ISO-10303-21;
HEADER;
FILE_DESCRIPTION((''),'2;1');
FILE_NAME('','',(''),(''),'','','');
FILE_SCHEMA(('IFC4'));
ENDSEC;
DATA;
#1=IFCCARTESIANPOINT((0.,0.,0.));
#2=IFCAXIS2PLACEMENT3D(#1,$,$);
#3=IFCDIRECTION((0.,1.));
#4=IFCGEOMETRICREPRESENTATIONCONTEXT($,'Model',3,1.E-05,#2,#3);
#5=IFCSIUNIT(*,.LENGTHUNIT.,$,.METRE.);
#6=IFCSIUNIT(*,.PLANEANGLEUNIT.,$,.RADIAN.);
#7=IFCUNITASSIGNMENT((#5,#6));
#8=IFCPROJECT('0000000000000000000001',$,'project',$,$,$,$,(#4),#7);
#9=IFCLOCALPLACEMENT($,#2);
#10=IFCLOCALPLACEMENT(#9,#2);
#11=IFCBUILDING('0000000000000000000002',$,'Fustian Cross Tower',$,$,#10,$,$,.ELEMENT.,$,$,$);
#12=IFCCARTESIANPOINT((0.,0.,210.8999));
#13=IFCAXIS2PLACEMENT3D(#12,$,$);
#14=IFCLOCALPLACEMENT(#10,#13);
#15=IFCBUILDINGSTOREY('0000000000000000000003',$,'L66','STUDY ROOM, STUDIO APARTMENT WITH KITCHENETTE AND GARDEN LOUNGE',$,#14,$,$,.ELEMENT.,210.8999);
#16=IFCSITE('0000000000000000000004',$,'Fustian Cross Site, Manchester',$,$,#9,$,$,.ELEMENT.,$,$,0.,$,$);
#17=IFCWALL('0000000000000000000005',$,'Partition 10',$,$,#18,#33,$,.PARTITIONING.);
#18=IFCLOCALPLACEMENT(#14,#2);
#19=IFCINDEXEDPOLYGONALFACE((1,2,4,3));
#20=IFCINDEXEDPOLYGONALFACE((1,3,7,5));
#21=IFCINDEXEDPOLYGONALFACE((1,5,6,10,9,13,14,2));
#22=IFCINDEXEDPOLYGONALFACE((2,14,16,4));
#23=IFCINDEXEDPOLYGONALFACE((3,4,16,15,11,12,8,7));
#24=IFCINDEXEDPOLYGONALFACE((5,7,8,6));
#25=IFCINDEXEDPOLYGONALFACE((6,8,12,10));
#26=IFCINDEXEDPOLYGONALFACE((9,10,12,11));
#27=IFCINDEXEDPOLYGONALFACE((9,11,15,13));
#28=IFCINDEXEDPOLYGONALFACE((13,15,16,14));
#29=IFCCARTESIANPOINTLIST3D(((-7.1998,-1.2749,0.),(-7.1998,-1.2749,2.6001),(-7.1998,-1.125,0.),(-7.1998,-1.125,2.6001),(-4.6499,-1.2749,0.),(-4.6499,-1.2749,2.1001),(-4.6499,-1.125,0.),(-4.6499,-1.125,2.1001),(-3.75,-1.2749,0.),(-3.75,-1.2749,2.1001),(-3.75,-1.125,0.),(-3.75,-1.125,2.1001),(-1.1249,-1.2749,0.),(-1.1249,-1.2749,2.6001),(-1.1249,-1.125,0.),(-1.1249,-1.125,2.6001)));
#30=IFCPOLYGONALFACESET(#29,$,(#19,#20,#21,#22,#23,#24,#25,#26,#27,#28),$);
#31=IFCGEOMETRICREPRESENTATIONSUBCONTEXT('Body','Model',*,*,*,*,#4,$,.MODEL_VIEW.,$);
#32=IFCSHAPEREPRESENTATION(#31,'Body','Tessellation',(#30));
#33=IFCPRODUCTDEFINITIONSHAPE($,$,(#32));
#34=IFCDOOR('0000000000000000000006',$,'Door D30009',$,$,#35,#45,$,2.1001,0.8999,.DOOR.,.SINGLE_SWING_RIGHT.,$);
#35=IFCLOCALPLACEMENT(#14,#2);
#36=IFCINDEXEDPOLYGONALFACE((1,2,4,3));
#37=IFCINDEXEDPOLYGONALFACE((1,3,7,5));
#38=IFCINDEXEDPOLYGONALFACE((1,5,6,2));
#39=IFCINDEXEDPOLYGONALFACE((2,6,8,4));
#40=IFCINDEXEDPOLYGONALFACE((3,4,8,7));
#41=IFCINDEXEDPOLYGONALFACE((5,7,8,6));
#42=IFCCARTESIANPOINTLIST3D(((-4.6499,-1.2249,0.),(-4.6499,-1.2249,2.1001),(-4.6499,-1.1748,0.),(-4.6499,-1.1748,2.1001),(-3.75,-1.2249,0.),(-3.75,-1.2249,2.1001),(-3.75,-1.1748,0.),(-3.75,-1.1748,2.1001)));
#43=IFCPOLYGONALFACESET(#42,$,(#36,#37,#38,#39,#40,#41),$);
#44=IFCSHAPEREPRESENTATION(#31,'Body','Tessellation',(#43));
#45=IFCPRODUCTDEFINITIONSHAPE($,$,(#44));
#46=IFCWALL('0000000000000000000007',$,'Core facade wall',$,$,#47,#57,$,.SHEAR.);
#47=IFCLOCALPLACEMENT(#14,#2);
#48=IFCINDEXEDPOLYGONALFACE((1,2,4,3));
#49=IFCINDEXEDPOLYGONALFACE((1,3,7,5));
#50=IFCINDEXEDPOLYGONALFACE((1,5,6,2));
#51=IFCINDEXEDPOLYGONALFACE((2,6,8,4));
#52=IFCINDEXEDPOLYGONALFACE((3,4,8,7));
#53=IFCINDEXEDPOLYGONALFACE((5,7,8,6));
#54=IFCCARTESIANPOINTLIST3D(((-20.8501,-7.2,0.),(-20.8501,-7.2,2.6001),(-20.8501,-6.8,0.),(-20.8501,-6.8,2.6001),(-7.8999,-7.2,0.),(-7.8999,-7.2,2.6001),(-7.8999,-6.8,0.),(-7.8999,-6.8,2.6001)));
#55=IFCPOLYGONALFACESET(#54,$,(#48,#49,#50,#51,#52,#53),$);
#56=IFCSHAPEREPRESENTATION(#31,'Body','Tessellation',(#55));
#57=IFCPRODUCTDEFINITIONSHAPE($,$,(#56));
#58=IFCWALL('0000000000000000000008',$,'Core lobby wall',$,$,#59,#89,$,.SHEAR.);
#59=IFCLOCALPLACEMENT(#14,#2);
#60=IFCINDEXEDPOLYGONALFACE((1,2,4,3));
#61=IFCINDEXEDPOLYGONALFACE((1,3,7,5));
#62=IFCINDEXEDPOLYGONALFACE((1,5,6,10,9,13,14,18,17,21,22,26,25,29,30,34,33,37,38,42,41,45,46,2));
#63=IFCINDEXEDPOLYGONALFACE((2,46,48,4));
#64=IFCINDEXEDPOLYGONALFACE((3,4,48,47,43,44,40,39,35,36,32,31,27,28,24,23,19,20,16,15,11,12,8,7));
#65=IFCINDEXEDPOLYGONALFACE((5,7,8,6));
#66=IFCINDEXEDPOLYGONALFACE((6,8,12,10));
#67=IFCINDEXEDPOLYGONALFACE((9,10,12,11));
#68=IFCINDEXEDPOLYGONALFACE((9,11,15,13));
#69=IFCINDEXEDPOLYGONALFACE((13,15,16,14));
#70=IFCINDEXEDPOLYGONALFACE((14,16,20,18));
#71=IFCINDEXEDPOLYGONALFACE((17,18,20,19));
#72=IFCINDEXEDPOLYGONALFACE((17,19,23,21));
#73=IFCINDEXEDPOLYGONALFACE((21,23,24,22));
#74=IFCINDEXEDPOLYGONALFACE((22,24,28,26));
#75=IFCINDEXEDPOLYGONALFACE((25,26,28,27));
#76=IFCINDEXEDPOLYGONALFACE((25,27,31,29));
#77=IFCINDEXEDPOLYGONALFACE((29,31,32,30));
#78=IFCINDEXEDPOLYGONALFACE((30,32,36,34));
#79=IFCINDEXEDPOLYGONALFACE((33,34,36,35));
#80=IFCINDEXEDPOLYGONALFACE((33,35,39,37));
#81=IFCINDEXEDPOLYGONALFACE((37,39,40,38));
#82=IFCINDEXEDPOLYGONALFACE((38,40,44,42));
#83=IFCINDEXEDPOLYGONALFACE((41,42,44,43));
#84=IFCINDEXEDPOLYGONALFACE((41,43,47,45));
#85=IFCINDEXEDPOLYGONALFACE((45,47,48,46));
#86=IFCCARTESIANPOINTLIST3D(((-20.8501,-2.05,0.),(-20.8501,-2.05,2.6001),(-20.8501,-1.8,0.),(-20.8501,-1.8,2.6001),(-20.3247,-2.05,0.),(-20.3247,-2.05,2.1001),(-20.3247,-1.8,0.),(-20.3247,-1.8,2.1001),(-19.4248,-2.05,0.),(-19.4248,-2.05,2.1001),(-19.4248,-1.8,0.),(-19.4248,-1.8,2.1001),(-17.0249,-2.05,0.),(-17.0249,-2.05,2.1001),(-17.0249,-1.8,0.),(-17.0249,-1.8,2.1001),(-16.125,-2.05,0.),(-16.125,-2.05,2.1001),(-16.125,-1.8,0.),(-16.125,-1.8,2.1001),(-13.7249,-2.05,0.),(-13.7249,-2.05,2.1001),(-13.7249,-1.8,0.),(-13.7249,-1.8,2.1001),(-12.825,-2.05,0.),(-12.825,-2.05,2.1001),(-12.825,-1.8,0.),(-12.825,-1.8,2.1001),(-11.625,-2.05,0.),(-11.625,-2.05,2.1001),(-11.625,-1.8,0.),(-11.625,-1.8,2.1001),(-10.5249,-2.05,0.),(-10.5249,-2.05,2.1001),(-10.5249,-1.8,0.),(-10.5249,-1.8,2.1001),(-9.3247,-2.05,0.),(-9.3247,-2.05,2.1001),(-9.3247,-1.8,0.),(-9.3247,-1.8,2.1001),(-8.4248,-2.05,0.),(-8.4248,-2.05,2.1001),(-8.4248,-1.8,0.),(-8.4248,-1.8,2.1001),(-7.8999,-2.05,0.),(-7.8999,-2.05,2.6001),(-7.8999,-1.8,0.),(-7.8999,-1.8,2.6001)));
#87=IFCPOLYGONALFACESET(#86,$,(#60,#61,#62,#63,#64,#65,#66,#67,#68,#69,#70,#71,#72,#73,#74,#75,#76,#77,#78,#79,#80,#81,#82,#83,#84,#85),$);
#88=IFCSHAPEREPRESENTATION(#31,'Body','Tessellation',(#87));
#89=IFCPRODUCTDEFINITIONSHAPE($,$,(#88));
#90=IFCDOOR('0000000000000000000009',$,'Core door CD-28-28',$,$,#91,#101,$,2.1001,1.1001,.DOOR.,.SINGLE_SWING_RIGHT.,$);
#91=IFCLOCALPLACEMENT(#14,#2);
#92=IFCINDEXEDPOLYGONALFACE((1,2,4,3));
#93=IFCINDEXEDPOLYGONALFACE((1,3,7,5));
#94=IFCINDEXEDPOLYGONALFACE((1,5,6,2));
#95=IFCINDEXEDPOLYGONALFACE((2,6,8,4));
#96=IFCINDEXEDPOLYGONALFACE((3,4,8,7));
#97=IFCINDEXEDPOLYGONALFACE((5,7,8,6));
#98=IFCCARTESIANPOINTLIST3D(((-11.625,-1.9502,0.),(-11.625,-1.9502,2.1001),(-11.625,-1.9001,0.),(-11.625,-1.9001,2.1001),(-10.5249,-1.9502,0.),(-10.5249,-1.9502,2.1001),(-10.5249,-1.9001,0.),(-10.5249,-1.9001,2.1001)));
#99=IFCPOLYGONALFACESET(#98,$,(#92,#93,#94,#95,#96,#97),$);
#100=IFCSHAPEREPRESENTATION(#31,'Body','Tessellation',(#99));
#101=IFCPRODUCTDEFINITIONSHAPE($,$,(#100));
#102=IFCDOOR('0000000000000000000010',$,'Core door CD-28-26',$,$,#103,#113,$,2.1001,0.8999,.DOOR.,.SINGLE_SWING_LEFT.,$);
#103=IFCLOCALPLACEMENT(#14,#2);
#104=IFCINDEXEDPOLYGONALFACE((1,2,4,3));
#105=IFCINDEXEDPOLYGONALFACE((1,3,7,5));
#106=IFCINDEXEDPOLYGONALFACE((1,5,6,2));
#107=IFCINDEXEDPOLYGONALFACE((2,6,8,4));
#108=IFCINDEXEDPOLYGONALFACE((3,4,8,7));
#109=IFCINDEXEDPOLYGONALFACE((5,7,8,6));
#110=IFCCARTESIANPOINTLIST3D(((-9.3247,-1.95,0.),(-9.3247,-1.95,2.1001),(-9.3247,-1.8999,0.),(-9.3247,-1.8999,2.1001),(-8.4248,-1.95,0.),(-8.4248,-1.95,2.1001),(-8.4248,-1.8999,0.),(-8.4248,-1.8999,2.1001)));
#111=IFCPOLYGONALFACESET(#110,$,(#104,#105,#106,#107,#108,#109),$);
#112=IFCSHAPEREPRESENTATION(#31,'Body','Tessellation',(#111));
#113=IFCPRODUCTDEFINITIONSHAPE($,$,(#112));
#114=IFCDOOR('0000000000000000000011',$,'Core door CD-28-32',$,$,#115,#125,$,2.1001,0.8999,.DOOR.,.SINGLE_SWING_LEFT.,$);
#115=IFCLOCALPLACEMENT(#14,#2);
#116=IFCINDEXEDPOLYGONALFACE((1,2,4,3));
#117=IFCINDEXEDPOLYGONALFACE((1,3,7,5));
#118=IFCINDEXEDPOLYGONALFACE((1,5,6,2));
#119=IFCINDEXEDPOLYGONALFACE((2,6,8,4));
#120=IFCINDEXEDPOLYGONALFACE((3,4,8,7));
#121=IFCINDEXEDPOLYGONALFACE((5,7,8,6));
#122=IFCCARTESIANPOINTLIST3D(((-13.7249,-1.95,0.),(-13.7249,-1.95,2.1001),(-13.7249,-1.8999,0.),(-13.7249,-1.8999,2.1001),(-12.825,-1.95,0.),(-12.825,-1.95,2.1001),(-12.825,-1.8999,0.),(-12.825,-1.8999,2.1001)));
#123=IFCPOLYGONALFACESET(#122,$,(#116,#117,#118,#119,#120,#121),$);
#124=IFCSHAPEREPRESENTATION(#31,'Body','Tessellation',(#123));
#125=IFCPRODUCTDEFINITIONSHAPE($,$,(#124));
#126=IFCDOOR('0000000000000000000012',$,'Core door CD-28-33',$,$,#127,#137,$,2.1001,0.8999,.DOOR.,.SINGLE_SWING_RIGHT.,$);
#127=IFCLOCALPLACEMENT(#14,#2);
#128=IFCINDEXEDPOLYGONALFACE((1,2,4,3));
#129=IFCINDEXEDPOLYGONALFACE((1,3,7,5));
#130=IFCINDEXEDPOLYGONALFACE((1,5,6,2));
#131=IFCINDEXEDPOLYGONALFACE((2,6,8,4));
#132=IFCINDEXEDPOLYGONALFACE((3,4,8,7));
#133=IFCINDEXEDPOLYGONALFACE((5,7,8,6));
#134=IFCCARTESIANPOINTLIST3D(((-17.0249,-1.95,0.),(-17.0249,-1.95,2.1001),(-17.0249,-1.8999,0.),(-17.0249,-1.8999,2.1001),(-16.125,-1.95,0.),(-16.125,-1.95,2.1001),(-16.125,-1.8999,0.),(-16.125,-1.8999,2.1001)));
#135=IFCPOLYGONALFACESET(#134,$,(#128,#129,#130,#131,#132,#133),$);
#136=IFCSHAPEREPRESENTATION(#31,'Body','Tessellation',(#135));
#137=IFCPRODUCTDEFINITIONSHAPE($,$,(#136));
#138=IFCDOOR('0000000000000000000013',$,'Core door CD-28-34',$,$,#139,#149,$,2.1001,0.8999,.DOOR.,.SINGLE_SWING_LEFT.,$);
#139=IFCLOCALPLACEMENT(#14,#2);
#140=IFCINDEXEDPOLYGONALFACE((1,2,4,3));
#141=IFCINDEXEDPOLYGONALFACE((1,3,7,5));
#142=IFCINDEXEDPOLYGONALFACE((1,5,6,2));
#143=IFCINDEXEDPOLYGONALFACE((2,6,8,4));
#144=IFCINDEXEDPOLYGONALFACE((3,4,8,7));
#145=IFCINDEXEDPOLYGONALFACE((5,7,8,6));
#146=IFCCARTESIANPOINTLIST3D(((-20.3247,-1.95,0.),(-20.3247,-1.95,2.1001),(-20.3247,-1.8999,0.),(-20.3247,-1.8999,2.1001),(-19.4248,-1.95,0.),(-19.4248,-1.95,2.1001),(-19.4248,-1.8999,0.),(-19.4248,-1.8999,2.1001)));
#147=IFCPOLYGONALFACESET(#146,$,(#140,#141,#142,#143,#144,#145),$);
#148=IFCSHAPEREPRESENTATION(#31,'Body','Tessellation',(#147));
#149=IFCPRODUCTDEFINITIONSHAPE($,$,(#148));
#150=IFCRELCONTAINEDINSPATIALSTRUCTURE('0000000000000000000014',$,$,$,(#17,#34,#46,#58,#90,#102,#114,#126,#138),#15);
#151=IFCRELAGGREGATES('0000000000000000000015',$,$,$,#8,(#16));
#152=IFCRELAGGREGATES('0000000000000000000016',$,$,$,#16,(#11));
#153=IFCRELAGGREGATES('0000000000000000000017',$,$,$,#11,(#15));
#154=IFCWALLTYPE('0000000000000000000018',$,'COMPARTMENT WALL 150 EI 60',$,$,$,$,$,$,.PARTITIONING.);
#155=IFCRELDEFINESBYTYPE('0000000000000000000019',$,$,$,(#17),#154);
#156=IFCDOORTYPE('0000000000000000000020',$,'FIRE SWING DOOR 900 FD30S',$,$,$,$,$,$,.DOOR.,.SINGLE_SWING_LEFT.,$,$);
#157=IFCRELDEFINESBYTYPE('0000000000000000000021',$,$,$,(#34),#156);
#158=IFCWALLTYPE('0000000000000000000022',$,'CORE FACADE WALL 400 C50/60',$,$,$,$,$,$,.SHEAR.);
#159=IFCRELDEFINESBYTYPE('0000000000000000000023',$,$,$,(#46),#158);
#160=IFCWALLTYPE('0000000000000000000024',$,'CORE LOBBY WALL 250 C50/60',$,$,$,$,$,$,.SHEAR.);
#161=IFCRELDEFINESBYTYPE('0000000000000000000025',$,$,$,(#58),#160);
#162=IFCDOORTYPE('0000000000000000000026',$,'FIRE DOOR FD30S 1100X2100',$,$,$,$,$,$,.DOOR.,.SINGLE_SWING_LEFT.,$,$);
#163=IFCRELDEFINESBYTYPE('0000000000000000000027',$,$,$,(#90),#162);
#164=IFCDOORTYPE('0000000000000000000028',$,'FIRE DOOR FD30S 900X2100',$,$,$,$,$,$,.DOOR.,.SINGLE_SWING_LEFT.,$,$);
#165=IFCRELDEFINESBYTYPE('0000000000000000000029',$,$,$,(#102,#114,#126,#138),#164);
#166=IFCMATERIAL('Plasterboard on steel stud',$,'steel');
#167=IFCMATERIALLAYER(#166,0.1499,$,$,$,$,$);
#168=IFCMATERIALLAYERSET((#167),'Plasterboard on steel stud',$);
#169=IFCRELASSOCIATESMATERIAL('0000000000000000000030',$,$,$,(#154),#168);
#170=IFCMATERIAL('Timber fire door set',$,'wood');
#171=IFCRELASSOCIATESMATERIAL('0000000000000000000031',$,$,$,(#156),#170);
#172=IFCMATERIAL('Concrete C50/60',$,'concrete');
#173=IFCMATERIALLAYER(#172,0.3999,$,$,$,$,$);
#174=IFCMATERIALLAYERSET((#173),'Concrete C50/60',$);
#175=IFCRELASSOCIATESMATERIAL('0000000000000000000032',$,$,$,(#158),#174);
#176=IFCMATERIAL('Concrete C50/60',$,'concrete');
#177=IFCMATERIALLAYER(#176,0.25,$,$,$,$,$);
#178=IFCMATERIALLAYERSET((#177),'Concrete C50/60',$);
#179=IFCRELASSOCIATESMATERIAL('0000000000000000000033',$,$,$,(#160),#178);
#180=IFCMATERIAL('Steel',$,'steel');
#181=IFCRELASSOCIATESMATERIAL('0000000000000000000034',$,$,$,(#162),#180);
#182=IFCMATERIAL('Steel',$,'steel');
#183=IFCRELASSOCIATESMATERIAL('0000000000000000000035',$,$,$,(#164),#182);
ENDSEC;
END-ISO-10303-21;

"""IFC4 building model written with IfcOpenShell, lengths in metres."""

from ifc_helpers import new_model, si_unit, direction, frame, frame_2d, origin, place, context, subcontext, project, spatial, rectangle, extrude, material, layer, layer_set, type_object, element, fill, save


model = new_model("IFC4")

# Units and contexts
model_context = context("Model", 3, precision=1e-05, world=origin(), true_north=direction((0.0, 1.0)))
body_context = subcontext(model_context, "Body", "Model", "MODEL_VIEW")
ifc_project = project(units=[si_unit("LENGTHUNIT", "METRE"), si_unit("PLANEANGLEUNIT", "RADIAN")], contexts=[model_context])

# Site, building, storey
site_placement = place(None, origin())
site = spatial("IfcSite", under=ifc_project, at=site_placement, Name="Fustian Cross Site, Manchester", CompositionType="ELEMENT", RefElevation=0.0)
building_placement = place(site_placement, origin())
building = spatial("IfcBuilding", under=site, at=building_placement, Name="Fustian Cross Tower", CompositionType="ELEMENT")
storey_placement = place(building_placement, frame((0.0, 0.0, 210.8999)))
storey = spatial("IfcBuildingStorey", under=building, at=storey_placement, Name="L66", Description="STUDY ROOM, STUDIO APARTMENT WITH KITCHENETTE AND GARDEN LOUNGE", CompositionType="ELEMENT", Elevation=210.8999)

# Wall, opening, door
ifc_material_1 = material(Name="Plasterboard on steel stud", Category="steel")
ifc_layer_1 = layer(ifc_material_1, 0.1499)
ifc_layer_set_1 = layer_set([ifc_layer_1], Name="Plasterboard on steel stud")
wall_type_1 = type_object("IfcWallType", Name="COMPARTMENT WALL 150 EI 60", PredefinedType="PARTITIONING", material=ifc_layer_set_1)
wall_1_placement = place(storey_placement, frame((-7.2, -1.2, 0.0), z_axis=(0.0, 0.0, 1.0), x_axis=(1.0, 0.0, 0.0)))
wall_1 = element("IfcWall", 1, at=wall_1_placement, inside=storey, type_object=wall_type_1, Name="Partition 10", PredefinedType="PARTITIONING", context=body_context, shape_type="SweptSolid", body=[
    extrude(rectangle(XDim=6.075, YDim=0.1499, at=frame_2d((3.0376, 0.0))), origin(), (0.0, 0.0, 1.0), 2.6001),
])
opening_1_placement = place(wall_1_placement, frame((2.55, 0.0, 0.0)))
opening_1 = element("IfcOpeningElement", 2, at=opening_1_placement, cuts=wall_1, PredefinedType="OPENING", context=body_context, shape_type="SweptSolid", body=[
    extrude(rectangle(XDim=0.8999, YDim=2.1001, at=frame_2d((0.45, 1.05))), frame((0.0, 0.085, 0.0), z_axis=(0.0, -1.0, 0.0), x_axis=(1.0, 0.0, 0.0)), (0.0, 0.0, 1.0), 0.1699),
])
ifc_material_2 = material(Name="Timber fire door set", Category="wood")
door_type_1 = type_object("IfcDoorType", Name="FIRE SWING DOOR 900 FD30S", OperationType="SINGLE_SWING_LEFT", PredefinedType="DOOR", material=ifc_material_2)
door_1_placement = place(opening_1_placement, frame((0.8999, 0.0, 0.0), z_axis=(0.0, 0.0, 1.0), x_axis=(-1.0, 0.0, 0.0)))
door_1 = element("IfcDoor", 3, at=door_1_placement, inside=storey, type_object=door_type_1, Name="Door D30009", OperationType="SINGLE_SWING_RIGHT", OverallHeight=2.1001, OverallWidth=0.8999, PredefinedType="DOOR", context=body_context, shape_type="SweptSolid", body=[
    extrude(rectangle(XDim=0.8999, YDim=2.1001, at=frame_2d((0.45, 1.05))), frame((0.0, 0.0249, 0.0), z_axis=(0.0, -1.0, 0.0), x_axis=(1.0, 0.0, 0.0)), (0.0, 0.0, 1.0), 0.05),
])
fill(opening_1, door_1)

# Wall
ifc_material_3 = material(Name="Concrete C50/60", Category="concrete")
ifc_layer_2 = layer(ifc_material_3, 0.3999)
ifc_layer_set_2 = layer_set([ifc_layer_2], Name="Concrete C50/60")
wall_type_2 = type_object("IfcWallType", Name="CORE FACADE WALL 400 C50/60", PredefinedType="SHEAR", material=ifc_layer_set_2)
wall_2_placement = place(storey_placement, frame((-7.8999, -7.0, 0.0), z_axis=(0.0, 0.0, 1.0), x_axis=(-1.0, 0.0, 0.0)))
element("IfcWall", 4, at=wall_2_placement, inside=storey, type_object=wall_type_2, Name="Core facade wall", PredefinedType="SHEAR", context=body_context, shape_type="SweptSolid", body=[
    extrude(rectangle(XDim=12.9502, YDim=0.3999, at=frame_2d((6.4751, 0.0))), origin(), (0.0, 0.0, 1.0), 2.6001),
])

# Wall, openings, doors
ifc_material_4 = material(Name="Concrete C50/60", Category="concrete")
ifc_layer_3 = layer(ifc_material_4, 0.25)
ifc_layer_set_3 = layer_set([ifc_layer_3], Name="Concrete C50/60")
wall_type_3 = type_object("IfcWallType", Name="CORE LOBBY WALL 250 C50/60", PredefinedType="SHEAR", material=ifc_layer_set_3)
wall_3_placement = place(storey_placement, frame((-7.8999, -1.925, 0.0), z_axis=(0.0, 0.0, 1.0), x_axis=(-1.0, 0.0, 0.0)))
wall_3 = element("IfcWall", 5, at=wall_3_placement, inside=storey, type_object=wall_type_3, Name="Core lobby wall", PredefinedType="SHEAR", context=body_context, shape_type="SweptSolid", body=[
    extrude(rectangle(XDim=12.9502, YDim=0.25, at=frame_2d((6.4751, 0.0))), origin(), (0.0, 0.0, 1.0), 2.6001),
])
opening_2_placement = place(wall_3_placement, frame((0.5249, 0.0, 0.0)))
opening_2 = element("IfcOpeningElement", 6, at=opening_2_placement, cuts=wall_3, PredefinedType="OPENING", context=body_context, shape_type="SweptSolid", body=[
    extrude(rectangle(XDim=0.8999, YDim=2.1001, at=frame_2d((0.45, 1.05))), frame((0.0, 0.135, 0.0), z_axis=(0.0, -1.0, 0.0), x_axis=(1.0, 0.0, 0.0)), (0.0, 0.0, 1.0), 0.27),
])
opening_3_placement = place(wall_3_placement, frame((2.625, 0.0, 0.0)))
opening_3 = element("IfcOpeningElement", 7, at=opening_3_placement, cuts=wall_3, PredefinedType="OPENING", context=body_context, shape_type="SweptSolid", body=[
    extrude(rectangle(XDim=1.1001, YDim=2.1001, at=frame_2d((0.55, 1.05))), frame((0.0, 0.135, 0.0), z_axis=(0.0, -1.0, 0.0), x_axis=(1.0, 0.0, 0.0)), (0.0, 0.0, 1.0), 0.27),
])
opening_4_placement = place(wall_3_placement, frame((4.925, 0.0, 0.0)))
opening_4 = element("IfcOpeningElement", 8, at=opening_4_placement, cuts=wall_3, PredefinedType="OPENING", context=body_context, shape_type="SweptSolid", body=[
    extrude(rectangle(XDim=0.8999, YDim=2.1001, at=frame_2d((0.45, 1.05))), frame((0.0, 0.135, 0.0), z_axis=(0.0, -1.0, 0.0), x_axis=(1.0, 0.0, 0.0)), (0.0, 0.0, 1.0), 0.27),
])
opening_5_placement = place(wall_3_placement, frame((8.2251, 0.0, 0.0)))
opening_5 = element("IfcOpeningElement", 9, at=opening_5_placement, cuts=wall_3, PredefinedType="OPENING", context=body_context, shape_type="SweptSolid", body=[
    extrude(rectangle(XDim=0.8999, YDim=2.1001, at=frame_2d((0.45, 1.05))), frame((0.0, 0.135, 0.0), z_axis=(0.0, -1.0, 0.0), x_axis=(1.0, 0.0, 0.0)), (0.0, 0.0, 1.0), 0.27),
])
opening_6_placement = place(wall_3_placement, frame((11.5249, 0.0, 0.0)))
opening_6 = element("IfcOpeningElement", 10, at=opening_6_placement, cuts=wall_3, PredefinedType="OPENING", context=body_context, shape_type="SweptSolid", body=[
    extrude(rectangle(XDim=0.8999, YDim=2.1001, at=frame_2d((0.45, 1.05))), frame((0.0, 0.135, 0.0), z_axis=(0.0, -1.0, 0.0), x_axis=(1.0, 0.0, 0.0)), (0.0, 0.0, 1.0), 0.27),
])
ifc_material_5 = material(Name="Steel", Category="steel")
door_type_2 = type_object("IfcDoorType", Name="FIRE DOOR FD30S 1100X2100", OperationType="SINGLE_SWING_LEFT", PredefinedType="DOOR", material=ifc_material_5)
door_2_placement = place(opening_3_placement, frame((1.1001, 0.0, 0.0), z_axis=(0.0, 0.0, 1.0), x_axis=(-1.0, 0.0, 0.0)))
door_2 = element("IfcDoor", 11, at=door_2_placement, inside=storey, type_object=door_type_2, Name="Core door CD-28-28", OperationType="SINGLE_SWING_RIGHT", OverallHeight=2.1001, OverallWidth=1.1001, PredefinedType="DOOR", context=body_context, shape_type="SweptSolid", body=[
    extrude(rectangle(XDim=1.1001, YDim=2.1001, at=frame_2d((0.55, 1.05))), frame((0.0, 0.0249, 0.0), z_axis=(0.0, -1.0, 0.0), x_axis=(1.0, 0.0, 0.0)), (0.0, 0.0, 1.0), 0.05),
])
fill(opening_3, door_2)
ifc_material_6 = material(Name="Steel", Category="steel")
door_type_3 = type_object("IfcDoorType", Name="FIRE DOOR FD30S 900X2100", OperationType="SINGLE_SWING_LEFT", PredefinedType="DOOR", material=ifc_material_6)
door_3_placement = place(opening_2_placement, origin())
door_3 = element("IfcDoor", 12, at=door_3_placement, inside=storey, type_object=door_type_3, Name="Core door CD-28-26", OperationType="SINGLE_SWING_LEFT", OverallHeight=2.1001, OverallWidth=0.8999, PredefinedType="DOOR", context=body_context, shape_type="SweptSolid", body=[
    extrude(rectangle(XDim=0.8999, YDim=2.1001, at=frame_2d((0.45, 1.05))), frame((0.0, 0.0249, 0.0), z_axis=(0.0, -1.0, 0.0), x_axis=(1.0, 0.0, 0.0)), (0.0, 0.0, 1.0), 0.05),
])
fill(opening_2, door_3)
door_4_placement = place(opening_4_placement, origin())
door_4 = element("IfcDoor", 13, at=door_4_placement, inside=storey, type_object=door_type_3, Name="Core door CD-28-32", OperationType="SINGLE_SWING_LEFT", OverallHeight=2.1001, OverallWidth=0.8999, PredefinedType="DOOR", context=body_context, shape_type="SweptSolid", body=[
    extrude(rectangle(XDim=0.8999, YDim=2.1001, at=frame_2d((0.45, 1.05))), frame((0.0, 0.0249, 0.0), z_axis=(0.0, -1.0, 0.0), x_axis=(1.0, 0.0, 0.0)), (0.0, 0.0, 1.0), 0.05),
])
fill(opening_4, door_4)
door_5_placement = place(opening_5_placement, origin())
door_5 = element("IfcDoor", 14, at=door_5_placement, inside=storey, type_object=door_type_3, Name="Core door CD-28-33", OperationType="SINGLE_SWING_RIGHT", OverallHeight=2.1001, OverallWidth=0.8999, PredefinedType="DOOR", context=body_context, shape_type="SweptSolid", body=[
    extrude(rectangle(XDim=0.8999, YDim=2.1001, at=frame_2d((0.45, 1.05))), frame((0.0, 0.0249, 0.0), z_axis=(0.0, -1.0, 0.0), x_axis=(1.0, 0.0, 0.0)), (0.0, 0.0, 1.0), 0.05),
])
fill(opening_5, door_5)
door_6_placement = place(opening_6_placement, origin())
door_6 = element("IfcDoor", 15, at=door_6_placement, inside=storey, type_object=door_type_3, Name="Core door CD-28-34", OperationType="SINGLE_SWING_LEFT", OverallHeight=2.1001, OverallWidth=0.8999, PredefinedType="DOOR", context=body_context, shape_type="SweptSolid", body=[
    extrude(rectangle(XDim=0.8999, YDim=2.1001, at=frame_2d((0.45, 1.05))), frame((0.0, 0.0249, 0.0), z_axis=(0.0, -1.0, 0.0), x_axis=(1.0, 0.0, 0.0)), (0.0, 0.0, 1.0), 0.05),
])
fill(opening_6, door_6)

save(model, "model.ifc")
